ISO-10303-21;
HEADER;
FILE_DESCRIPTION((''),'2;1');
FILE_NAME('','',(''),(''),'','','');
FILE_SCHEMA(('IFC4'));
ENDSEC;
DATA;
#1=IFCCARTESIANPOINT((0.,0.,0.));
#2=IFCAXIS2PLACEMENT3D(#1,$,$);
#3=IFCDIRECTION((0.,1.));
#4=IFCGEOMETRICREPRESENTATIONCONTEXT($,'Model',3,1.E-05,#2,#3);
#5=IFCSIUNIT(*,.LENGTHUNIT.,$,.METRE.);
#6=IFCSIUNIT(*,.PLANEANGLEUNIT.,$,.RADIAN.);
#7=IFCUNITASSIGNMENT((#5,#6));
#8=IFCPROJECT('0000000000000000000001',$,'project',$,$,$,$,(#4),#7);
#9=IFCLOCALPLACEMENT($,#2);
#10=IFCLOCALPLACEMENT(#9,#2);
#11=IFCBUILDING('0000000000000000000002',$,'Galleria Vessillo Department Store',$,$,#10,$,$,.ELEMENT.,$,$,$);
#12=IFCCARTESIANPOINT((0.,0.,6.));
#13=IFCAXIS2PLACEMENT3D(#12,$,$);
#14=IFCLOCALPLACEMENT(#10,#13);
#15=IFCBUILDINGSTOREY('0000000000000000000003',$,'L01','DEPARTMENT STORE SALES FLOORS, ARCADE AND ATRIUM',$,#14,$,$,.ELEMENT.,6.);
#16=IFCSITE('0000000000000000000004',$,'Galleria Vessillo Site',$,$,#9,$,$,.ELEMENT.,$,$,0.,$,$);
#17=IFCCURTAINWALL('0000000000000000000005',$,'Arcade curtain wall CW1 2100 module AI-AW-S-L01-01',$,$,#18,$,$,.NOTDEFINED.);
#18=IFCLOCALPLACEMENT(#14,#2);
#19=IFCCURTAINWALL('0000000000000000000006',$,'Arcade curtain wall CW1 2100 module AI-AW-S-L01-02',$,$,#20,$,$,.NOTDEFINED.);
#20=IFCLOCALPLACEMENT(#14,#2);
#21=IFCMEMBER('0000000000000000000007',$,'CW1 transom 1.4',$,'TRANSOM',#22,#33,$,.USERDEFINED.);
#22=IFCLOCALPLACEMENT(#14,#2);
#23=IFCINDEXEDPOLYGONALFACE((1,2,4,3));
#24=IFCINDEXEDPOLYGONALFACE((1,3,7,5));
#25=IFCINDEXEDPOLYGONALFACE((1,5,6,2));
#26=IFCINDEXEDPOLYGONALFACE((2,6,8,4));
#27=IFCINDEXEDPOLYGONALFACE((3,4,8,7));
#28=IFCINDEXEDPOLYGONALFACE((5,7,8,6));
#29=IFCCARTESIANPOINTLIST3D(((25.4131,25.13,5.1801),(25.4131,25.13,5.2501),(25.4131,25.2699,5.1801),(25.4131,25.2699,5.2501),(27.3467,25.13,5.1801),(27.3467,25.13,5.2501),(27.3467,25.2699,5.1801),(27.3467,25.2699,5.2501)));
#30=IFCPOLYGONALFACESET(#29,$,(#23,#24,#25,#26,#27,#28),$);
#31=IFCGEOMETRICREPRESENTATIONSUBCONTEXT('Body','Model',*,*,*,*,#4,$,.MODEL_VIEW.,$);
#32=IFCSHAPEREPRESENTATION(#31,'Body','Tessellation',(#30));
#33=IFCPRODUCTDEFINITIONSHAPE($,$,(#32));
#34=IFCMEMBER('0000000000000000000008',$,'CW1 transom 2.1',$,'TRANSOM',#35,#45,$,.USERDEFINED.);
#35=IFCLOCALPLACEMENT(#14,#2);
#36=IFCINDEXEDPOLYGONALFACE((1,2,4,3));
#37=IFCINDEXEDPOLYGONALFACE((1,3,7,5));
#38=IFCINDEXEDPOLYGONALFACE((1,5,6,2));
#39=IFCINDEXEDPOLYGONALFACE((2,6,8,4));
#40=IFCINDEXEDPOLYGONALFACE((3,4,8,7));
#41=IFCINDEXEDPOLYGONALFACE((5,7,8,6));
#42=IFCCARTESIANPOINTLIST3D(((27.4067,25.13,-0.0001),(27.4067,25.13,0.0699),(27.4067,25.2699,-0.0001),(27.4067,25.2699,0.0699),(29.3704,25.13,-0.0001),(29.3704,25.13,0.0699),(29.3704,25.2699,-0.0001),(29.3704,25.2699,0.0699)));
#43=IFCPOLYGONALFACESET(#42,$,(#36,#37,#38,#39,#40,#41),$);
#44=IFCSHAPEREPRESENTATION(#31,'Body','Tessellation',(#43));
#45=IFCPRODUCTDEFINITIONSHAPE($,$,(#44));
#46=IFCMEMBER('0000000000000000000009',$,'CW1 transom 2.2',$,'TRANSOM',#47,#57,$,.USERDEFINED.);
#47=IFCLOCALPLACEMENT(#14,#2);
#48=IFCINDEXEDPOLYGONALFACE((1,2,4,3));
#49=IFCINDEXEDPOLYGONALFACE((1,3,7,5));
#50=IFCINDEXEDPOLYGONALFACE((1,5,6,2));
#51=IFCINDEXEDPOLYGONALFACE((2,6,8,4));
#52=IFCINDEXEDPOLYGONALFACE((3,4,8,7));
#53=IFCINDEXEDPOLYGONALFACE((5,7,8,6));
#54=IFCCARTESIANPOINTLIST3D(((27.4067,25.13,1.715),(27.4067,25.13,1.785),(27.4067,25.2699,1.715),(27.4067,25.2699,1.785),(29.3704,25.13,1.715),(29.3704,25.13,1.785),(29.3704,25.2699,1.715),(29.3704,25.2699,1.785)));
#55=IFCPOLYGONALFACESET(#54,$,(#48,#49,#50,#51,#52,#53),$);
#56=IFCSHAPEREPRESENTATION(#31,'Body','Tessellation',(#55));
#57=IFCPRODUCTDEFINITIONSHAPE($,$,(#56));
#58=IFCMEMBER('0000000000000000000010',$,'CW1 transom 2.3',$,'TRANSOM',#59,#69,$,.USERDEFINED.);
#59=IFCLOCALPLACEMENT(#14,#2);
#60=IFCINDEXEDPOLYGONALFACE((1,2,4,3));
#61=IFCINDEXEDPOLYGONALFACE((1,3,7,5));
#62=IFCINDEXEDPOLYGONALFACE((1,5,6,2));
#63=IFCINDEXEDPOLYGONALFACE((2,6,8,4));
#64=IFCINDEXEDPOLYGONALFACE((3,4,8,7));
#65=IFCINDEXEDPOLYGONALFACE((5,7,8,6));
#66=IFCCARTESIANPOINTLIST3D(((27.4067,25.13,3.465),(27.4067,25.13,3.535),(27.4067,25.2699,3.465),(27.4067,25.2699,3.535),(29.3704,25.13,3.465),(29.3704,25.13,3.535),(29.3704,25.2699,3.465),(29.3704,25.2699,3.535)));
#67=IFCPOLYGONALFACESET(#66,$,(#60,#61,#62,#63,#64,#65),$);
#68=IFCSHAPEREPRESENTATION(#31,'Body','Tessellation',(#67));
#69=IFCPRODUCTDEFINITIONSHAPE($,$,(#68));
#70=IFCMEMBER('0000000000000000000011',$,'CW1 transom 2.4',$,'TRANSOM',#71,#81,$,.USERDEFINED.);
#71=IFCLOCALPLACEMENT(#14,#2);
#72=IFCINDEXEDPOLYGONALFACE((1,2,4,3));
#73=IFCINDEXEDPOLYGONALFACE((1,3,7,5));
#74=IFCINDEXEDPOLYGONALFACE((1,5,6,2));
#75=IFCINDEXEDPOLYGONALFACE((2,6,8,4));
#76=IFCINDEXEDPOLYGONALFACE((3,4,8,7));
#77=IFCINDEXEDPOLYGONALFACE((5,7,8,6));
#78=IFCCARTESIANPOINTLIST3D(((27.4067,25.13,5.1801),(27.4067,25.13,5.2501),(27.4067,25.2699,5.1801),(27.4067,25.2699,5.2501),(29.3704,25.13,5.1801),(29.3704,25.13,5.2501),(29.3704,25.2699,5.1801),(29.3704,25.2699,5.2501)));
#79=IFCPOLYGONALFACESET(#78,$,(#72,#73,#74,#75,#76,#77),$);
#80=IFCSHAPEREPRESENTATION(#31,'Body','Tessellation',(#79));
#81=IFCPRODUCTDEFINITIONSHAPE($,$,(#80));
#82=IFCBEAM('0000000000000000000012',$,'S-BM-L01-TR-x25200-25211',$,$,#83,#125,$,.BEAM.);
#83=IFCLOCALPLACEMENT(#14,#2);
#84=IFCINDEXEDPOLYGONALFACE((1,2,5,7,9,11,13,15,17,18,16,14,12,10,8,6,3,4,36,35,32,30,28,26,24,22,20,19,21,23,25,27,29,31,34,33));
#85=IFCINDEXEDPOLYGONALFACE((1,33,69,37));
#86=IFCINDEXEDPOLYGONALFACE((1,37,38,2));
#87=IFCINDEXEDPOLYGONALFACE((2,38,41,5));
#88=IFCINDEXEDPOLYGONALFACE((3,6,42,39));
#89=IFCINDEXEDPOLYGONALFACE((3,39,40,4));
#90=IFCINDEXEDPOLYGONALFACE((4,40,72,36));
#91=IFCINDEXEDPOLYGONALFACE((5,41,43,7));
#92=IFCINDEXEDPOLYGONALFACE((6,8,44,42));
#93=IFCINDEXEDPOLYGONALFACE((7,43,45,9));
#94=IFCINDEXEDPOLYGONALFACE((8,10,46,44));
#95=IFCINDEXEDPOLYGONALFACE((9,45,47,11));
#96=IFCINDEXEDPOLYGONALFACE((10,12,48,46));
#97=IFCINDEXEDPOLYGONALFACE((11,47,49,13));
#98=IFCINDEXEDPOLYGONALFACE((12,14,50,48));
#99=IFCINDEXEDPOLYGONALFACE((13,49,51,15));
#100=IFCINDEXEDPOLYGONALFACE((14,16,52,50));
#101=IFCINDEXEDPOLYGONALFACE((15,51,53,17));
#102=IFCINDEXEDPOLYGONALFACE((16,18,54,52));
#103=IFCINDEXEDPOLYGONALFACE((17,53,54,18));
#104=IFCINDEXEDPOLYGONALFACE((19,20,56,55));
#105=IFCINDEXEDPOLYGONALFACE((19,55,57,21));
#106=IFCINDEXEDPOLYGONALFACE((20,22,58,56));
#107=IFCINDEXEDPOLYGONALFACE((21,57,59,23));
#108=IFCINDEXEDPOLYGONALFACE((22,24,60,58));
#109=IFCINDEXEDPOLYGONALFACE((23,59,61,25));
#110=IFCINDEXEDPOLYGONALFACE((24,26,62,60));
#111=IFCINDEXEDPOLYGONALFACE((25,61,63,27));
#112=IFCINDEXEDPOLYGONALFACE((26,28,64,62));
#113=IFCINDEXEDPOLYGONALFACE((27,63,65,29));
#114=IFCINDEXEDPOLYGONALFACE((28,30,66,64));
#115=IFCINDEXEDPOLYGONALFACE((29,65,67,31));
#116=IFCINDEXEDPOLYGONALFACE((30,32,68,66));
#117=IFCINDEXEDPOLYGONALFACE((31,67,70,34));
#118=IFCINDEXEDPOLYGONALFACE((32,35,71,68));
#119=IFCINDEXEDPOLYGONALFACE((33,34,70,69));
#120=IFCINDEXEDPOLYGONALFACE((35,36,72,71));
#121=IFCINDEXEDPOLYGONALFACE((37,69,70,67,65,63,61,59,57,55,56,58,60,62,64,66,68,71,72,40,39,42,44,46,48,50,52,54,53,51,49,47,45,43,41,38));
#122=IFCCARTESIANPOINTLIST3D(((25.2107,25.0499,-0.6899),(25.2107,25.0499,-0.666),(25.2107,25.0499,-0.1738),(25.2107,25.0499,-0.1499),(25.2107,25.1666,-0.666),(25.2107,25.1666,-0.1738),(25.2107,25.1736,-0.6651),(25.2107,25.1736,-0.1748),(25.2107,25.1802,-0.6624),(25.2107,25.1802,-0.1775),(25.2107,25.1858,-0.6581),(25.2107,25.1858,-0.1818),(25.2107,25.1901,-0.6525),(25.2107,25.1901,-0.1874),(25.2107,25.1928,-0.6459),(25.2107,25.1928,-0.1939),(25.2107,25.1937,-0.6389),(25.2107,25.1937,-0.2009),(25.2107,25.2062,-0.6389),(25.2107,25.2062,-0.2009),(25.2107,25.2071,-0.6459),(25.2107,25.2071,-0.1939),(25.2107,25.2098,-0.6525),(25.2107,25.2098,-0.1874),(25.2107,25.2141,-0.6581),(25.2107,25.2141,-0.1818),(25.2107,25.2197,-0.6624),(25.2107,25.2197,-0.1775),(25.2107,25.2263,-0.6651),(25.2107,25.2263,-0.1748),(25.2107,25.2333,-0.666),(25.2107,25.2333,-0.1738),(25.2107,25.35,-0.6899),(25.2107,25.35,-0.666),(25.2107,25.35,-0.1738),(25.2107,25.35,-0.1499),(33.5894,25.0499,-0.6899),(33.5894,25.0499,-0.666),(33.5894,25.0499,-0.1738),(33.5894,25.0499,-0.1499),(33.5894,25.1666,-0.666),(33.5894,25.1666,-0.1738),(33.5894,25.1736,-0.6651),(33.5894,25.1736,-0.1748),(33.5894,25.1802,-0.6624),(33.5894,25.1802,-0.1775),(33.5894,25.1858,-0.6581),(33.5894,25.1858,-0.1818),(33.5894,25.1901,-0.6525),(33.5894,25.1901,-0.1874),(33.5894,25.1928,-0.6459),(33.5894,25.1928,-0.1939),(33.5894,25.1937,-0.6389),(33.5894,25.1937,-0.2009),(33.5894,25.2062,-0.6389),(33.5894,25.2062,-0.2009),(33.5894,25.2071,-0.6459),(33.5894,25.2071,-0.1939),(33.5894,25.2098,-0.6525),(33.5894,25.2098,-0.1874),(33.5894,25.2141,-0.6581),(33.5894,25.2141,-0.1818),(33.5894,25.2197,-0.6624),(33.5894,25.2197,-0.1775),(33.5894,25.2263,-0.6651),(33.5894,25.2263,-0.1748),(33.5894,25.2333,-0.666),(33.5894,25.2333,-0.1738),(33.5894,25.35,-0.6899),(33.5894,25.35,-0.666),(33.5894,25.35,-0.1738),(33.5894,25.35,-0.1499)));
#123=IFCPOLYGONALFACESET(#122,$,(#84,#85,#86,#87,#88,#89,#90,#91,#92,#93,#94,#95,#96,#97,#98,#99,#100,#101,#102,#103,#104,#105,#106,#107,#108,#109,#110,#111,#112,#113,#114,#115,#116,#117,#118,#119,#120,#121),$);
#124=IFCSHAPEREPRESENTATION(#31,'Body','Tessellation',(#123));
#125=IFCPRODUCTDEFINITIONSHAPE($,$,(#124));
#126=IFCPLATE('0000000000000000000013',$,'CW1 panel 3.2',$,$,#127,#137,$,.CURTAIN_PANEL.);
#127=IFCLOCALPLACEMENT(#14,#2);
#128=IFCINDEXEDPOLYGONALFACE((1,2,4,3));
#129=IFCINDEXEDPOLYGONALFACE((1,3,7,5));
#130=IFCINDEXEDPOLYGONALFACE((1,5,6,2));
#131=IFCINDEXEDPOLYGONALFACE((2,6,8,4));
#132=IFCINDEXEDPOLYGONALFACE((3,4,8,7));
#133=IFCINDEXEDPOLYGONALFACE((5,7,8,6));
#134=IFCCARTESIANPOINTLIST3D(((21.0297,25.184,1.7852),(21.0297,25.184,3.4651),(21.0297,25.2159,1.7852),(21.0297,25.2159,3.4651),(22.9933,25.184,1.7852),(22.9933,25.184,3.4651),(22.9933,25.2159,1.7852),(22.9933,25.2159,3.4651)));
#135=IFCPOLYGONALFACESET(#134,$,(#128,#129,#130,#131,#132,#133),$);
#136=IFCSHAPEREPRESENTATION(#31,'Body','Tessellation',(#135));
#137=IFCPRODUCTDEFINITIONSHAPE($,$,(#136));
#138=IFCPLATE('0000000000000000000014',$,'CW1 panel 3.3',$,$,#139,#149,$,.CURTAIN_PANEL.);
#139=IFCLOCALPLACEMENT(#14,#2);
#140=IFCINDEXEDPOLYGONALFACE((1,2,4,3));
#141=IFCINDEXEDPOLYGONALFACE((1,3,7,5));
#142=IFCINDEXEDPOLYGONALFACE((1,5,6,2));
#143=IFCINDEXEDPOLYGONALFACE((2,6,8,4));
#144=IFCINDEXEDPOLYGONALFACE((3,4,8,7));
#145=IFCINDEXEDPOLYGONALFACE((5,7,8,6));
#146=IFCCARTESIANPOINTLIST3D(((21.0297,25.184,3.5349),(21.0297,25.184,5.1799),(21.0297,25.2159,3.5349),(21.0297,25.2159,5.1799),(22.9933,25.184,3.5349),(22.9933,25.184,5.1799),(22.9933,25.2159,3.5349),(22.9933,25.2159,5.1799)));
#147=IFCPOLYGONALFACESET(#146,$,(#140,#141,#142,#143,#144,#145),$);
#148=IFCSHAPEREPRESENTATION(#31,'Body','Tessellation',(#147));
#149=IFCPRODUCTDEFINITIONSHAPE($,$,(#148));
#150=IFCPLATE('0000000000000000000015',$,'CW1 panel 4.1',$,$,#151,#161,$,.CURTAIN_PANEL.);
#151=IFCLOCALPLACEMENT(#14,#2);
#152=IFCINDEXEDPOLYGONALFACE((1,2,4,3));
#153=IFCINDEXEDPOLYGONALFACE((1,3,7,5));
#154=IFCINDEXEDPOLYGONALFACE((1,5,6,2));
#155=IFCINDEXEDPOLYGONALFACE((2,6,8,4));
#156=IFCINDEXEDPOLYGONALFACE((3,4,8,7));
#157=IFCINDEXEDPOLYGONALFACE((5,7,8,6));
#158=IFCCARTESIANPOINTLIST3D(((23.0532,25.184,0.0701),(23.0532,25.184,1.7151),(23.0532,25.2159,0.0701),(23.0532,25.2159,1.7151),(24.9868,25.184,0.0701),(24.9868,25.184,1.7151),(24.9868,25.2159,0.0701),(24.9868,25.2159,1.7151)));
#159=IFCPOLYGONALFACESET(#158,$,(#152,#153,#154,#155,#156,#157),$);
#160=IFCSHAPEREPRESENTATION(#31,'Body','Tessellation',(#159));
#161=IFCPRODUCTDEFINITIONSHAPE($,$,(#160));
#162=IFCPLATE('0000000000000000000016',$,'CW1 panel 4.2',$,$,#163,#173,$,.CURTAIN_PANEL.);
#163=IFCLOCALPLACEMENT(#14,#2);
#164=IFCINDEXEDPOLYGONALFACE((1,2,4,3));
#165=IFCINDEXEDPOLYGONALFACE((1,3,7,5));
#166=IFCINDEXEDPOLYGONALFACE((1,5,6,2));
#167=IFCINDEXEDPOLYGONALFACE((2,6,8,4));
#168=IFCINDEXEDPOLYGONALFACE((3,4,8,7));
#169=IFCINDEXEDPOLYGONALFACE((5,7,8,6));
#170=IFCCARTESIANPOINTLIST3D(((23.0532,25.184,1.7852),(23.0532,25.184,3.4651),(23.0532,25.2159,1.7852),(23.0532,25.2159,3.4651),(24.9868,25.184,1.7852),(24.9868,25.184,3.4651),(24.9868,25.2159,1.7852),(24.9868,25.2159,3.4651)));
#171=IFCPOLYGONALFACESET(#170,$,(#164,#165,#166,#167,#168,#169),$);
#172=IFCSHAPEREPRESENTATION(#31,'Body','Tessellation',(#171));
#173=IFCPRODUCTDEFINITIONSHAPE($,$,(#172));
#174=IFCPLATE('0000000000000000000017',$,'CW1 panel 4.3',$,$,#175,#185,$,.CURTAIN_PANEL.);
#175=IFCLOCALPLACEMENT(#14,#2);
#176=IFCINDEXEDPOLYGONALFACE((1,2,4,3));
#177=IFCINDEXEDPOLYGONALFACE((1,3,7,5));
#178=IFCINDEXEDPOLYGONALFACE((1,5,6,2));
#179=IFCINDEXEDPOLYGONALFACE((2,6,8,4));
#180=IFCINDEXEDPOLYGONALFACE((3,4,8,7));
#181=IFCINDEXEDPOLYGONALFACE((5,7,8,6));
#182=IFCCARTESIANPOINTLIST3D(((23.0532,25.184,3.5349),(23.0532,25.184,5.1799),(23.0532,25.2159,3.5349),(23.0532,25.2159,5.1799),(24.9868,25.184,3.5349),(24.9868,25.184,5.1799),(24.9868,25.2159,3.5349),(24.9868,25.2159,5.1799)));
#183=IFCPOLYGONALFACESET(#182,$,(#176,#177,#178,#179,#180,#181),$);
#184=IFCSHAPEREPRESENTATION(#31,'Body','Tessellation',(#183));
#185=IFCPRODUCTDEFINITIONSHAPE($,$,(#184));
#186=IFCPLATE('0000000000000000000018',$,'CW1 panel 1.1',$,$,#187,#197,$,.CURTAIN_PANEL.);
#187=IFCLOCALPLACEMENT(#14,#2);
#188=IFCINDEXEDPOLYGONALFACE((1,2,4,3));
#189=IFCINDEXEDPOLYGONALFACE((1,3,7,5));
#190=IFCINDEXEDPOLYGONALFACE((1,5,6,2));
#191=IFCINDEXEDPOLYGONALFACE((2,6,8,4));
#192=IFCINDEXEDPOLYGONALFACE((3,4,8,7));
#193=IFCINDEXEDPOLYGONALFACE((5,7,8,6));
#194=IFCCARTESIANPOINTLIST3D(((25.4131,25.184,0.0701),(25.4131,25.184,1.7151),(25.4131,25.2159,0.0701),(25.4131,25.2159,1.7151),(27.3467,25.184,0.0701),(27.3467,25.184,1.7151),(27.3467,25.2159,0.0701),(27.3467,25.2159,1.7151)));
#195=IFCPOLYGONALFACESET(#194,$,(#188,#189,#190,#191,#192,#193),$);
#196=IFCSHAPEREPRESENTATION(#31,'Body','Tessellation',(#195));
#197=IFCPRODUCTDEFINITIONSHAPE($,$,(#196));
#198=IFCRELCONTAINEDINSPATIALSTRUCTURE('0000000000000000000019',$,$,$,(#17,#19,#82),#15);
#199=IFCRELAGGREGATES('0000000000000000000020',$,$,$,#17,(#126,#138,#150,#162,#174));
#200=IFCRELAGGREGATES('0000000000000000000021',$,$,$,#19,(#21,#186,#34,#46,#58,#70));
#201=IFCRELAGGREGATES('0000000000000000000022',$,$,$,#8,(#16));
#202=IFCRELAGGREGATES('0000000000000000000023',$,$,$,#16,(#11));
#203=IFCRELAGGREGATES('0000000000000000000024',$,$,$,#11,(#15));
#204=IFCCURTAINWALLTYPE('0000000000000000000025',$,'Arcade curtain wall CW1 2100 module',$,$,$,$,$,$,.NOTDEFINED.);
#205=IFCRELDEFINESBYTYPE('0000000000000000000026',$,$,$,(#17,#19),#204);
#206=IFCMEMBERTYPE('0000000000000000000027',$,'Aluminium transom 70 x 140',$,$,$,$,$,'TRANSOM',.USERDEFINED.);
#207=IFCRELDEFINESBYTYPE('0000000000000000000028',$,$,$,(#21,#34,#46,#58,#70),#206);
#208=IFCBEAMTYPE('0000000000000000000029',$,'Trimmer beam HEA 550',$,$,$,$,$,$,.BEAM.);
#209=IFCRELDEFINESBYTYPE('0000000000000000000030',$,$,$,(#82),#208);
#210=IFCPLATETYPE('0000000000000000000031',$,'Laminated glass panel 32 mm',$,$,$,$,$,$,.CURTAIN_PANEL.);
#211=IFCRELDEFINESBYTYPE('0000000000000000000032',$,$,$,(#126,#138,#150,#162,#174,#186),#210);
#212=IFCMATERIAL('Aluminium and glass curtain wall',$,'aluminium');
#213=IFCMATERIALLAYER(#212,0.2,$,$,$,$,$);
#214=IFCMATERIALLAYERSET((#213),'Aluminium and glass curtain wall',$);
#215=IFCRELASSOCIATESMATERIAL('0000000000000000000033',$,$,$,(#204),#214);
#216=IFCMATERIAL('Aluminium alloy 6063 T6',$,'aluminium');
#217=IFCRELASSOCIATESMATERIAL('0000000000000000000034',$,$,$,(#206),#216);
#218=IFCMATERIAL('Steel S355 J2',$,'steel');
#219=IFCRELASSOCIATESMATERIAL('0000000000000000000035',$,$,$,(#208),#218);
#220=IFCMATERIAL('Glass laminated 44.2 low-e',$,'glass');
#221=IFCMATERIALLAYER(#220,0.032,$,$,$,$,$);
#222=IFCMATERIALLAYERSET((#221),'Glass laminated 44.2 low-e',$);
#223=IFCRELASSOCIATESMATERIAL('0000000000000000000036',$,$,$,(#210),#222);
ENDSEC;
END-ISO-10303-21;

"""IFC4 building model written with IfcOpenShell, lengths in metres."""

from ifc_helpers import new_model, si_unit, direction, frame, origin, origin_2d, place, context, subcontext, project, spatial, rectangle, i_section, extrude, material, layer, layer_set, material_profile, profile_set, type_object, element, aggregate, save


model = new_model("IFC4")

# Units and contexts
model_context = context("Model", 3, precision=1e-05, world=origin(), true_north=direction((0.0, 1.0)))
body_context = subcontext(model_context, "Body", "Model", "MODEL_VIEW")
ifc_project = project(units=[si_unit("LENGTHUNIT", "METRE"), si_unit("PLANEANGLEUNIT", "RADIAN")], contexts=[model_context])

# Site, building, storey
site_placement = place(None, origin())
site = spatial("IfcSite", under=ifc_project, at=site_placement, Name="Galleria Vessillo Site", CompositionType="ELEMENT", RefElevation=0.0)
building_placement = place(site_placement, origin())
building = spatial("IfcBuilding", under=site, at=building_placement, Name="Galleria Vessillo Department Store", CompositionType="ELEMENT")
storey_placement = place(building_placement, frame((0.0, 0.0, 6.0)))
storey = spatial("IfcBuildingStorey", under=building, at=storey_placement, Name="L01", Description="DEPARTMENT STORE SALES FLOORS, ARCADE AND ATRIUM", CompositionType="ELEMENT", Elevation=6.0)

# Curtain walls
ifc_material_1 = material(Name="Aluminium and glass curtain wall", Category="aluminium")
ifc_layer_1 = layer(ifc_material_1, 0.2)
ifc_layer_set_1 = layer_set([ifc_layer_1], Name="Aluminium and glass curtain wall")
curtain_wall_type = type_object("IfcCurtainWallType", Name="Arcade curtain wall CW1 2100 module", PredefinedType="NOTDEFINED", material=ifc_layer_set_1)
curtain_wall_1_placement = place(storey_placement, origin())
curtain_wall_1 = element("IfcCurtainWall", 1, at=curtain_wall_1_placement, inside=storey, type_object=curtain_wall_type, Name="Arcade curtain wall CW1 2100 module AI-AW-S-L01-01", PredefinedType="NOTDEFINED")
curtain_wall_2_placement = place(storey_placement, origin())
curtain_wall_2 = element("IfcCurtainWall", 2, at=curtain_wall_2_placement, inside=storey, type_object=curtain_wall_type, Name="Arcade curtain wall CW1 2100 module AI-AW-S-L01-02", PredefinedType="NOTDEFINED")

# Members
ifc_material_2 = material(Name="Aluminium alloy 6063 T6", Category="aluminium")
ifc_material_profile_1 = material_profile(ifc_material_2, rectangle(XDim=0.1399, YDim=0.0701, at=origin_2d()), Name="AL 70x140")
ifc_profile_set_1 = profile_set([ifc_material_profile_1], Name="Aluminium alloy 6063 T6")
member_type_1 = type_object("IfcMemberType", Name="Aluminium transom 70 x 140", ElementType="TRANSOM", PredefinedType="USERDEFINED", material=ifc_profile_set_1)
member_1_placement = place(storey_placement, frame((25.4131, 25.2, 5.2151), z_axis=(1.0, 0.0, 0.0), x_axis=(0.0, 1.0, 0.0)))
member_1 = element("IfcMember", 3, at=member_1_placement, type_object=member_type_1, Name="CW1 transom 1.4", ObjectType="TRANSOM", PredefinedType="USERDEFINED", context=body_context, shape_type="SweptSolid", body=[
    extrude(rectangle(XDim=0.1399, YDim=0.0701, at=origin_2d()), origin(), (0.0, 0.0, 1.0), 1.9336),
])
member_2_placement = place(storey_placement, frame((27.4067, 25.2, 0.0349), z_axis=(1.0, 0.0, 0.0), x_axis=(0.0, 1.0, 0.0)))
member_2 = element("IfcMember", 4, at=member_2_placement, type_object=member_type_1, Name="CW1 transom 2.1", ObjectType="TRANSOM", PredefinedType="USERDEFINED", context=body_context, shape_type="SweptSolid", body=[
    extrude(rectangle(XDim=0.1399, YDim=0.0701, at=origin_2d()), origin(), (0.0, 0.0, 1.0), 1.9636),
])
member_3_placement = place(storey_placement, frame((27.4067, 25.2, 1.75), z_axis=(1.0, 0.0, 0.0), x_axis=(0.0, 1.0, 0.0)))
member_3 = element("IfcMember", 5, at=member_3_placement, type_object=member_type_1, Name="CW1 transom 2.2", ObjectType="TRANSOM", PredefinedType="USERDEFINED", context=body_context, shape_type="SweptSolid", body=[
    extrude(rectangle(XDim=0.1399, YDim=0.0701, at=origin_2d()), origin(), (0.0, 0.0, 1.0), 1.9636),
])
member_4_placement = place(storey_placement, frame((27.4067, 25.2, 3.5), z_axis=(1.0, 0.0, 0.0), x_axis=(0.0, 1.0, 0.0)))
member_4 = element("IfcMember", 6, at=member_4_placement, type_object=member_type_1, Name="CW1 transom 2.3", ObjectType="TRANSOM", PredefinedType="USERDEFINED", context=body_context, shape_type="SweptSolid", body=[
    extrude(rectangle(XDim=0.1399, YDim=0.0701, at=origin_2d()), origin(), (0.0, 0.0, 1.0), 1.9636),
])
member_5_placement = place(storey_placement, frame((27.4067, 25.2, 5.2151), z_axis=(1.0, 0.0, 0.0), x_axis=(0.0, 1.0, 0.0)))
member_5 = element("IfcMember", 7, at=member_5_placement, type_object=member_type_1, Name="CW1 transom 2.4", ObjectType="TRANSOM", PredefinedType="USERDEFINED", context=body_context, shape_type="SweptSolid", body=[
    extrude(rectangle(XDim=0.1399, YDim=0.0701, at=origin_2d()), origin(), (0.0, 0.0, 1.0), 1.9636),
])

# Beam
ifc_material_3 = material(Name="Steel S355 J2", Category="steel")
ifc_material_profile_2 = material_profile(ifc_material_3, i_section(OverallWidth=0.3, OverallDepth=0.54, WebThickness=0.0125, FlangeThickness=0.0239, FilletRadius=0.0271, at=origin_2d()), Name="HEA 550")
ifc_profile_set_2 = profile_set([ifc_material_profile_2], Name="Steel S355 J2")
beam_type = type_object("IfcBeamType", Name="Trimmer beam HEA 550", PredefinedType="BEAM", material=ifc_profile_set_2)
beam_placement = place(storey_placement, frame((25.2107, 25.2, -0.4199), z_axis=(1.0, 0.0, 0.0), x_axis=(0.0, 1.0, 0.0)))
element("IfcBeam", 8, at=beam_placement, inside=storey, type_object=beam_type, Name="S-BM-L01-TR-x25200-25211", PredefinedType="BEAM", context=body_context, shape_type="SweptSolid", body=[
    extrude(i_section(OverallWidth=0.3, OverallDepth=0.54, WebThickness=0.0125, FlangeThickness=0.0239, FilletRadius=0.0271, at=origin_2d()), origin(), (0.0, 0.0, 1.0), 8.3787),
])

# Plates
ifc_material_4 = material(Name="Glass laminated 44.2 low-e", Category="glass")
ifc_layer_2 = layer(ifc_material_4, 0.032)
ifc_layer_set_2 = layer_set([ifc_layer_2], Name="Glass laminated 44.2 low-e")
plate_type = type_object("IfcPlateType", Name="Laminated glass panel 32 mm", PredefinedType="CURTAIN_PANEL", material=ifc_layer_set_2)
plate_1_placement = place(storey_placement, frame((22.0115, 25.2, 1.7852), z_axis=(0.0, 0.0, 1.0), x_axis=(1.0, 0.0, 0.0)))
plate_1 = element("IfcPlate", 9, at=plate_1_placement, type_object=plate_type, Name="CW1 panel 3.2", PredefinedType="CURTAIN_PANEL", context=body_context, shape_type="SweptSolid", body=[
    extrude(rectangle(XDim=1.9636, YDim=0.032, at=origin_2d()), origin(), (0.0, 0.0, 1.0), 1.6799),
])
plate_2_placement = place(storey_placement, frame((22.0115, 25.2, 3.5349), z_axis=(0.0, 0.0, 1.0), x_axis=(1.0, 0.0, 0.0)))
plate_2 = element("IfcPlate", 10, at=plate_2_placement, type_object=plate_type, Name="CW1 panel 3.3", PredefinedType="CURTAIN_PANEL", context=body_context, shape_type="SweptSolid", body=[
    extrude(rectangle(XDim=1.9636, YDim=0.032, at=origin_2d()), origin(), (0.0, 0.0, 1.0), 1.645),
])
plate_3_placement = place(storey_placement, frame((24.02, 25.2, 0.0701), z_axis=(0.0, 0.0, 1.0), x_axis=(1.0, 0.0, 0.0)))
plate_3 = element("IfcPlate", 11, at=plate_3_placement, type_object=plate_type, Name="CW1 panel 4.1", PredefinedType="CURTAIN_PANEL", context=body_context, shape_type="SweptSolid", body=[
    extrude(rectangle(XDim=1.9336, YDim=0.032, at=origin_2d()), origin(), (0.0, 0.0, 1.0), 1.645),
])
plate_4_placement = place(storey_placement, frame((24.02, 25.2, 1.7852), z_axis=(0.0, 0.0, 1.0), x_axis=(1.0, 0.0, 0.0)))
plate_4 = element("IfcPlate", 12, at=plate_4_placement, type_object=plate_type, Name="CW1 panel 4.2", PredefinedType="CURTAIN_PANEL", context=body_context, shape_type="SweptSolid", body=[
    extrude(rectangle(XDim=1.9336, YDim=0.032, at=origin_2d()), origin(), (0.0, 0.0, 1.0), 1.6799),
])
plate_5_placement = place(storey_placement, frame((24.02, 25.2, 3.5349), z_axis=(0.0, 0.0, 1.0), x_axis=(1.0, 0.0, 0.0)))
plate_5 = element("IfcPlate", 13, at=plate_5_placement, type_object=plate_type, Name="CW1 panel 4.3", PredefinedType="CURTAIN_PANEL", context=body_context, shape_type="SweptSolid", body=[
    extrude(rectangle(XDim=1.9336, YDim=0.032, at=origin_2d()), origin(), (0.0, 0.0, 1.0), 1.645),
])
aggregate(curtain_wall_1, [plate_1, plate_2, plate_3, plate_4, plate_5])
plate_6_placement = place(storey_placement, frame((26.3799, 25.2, 0.0701), z_axis=(0.0, 0.0, 1.0), x_axis=(1.0, 0.0, 0.0)))
plate_6 = element("IfcPlate", 14, at=plate_6_placement, type_object=plate_type, Name="CW1 panel 1.1", PredefinedType="CURTAIN_PANEL", context=body_context, shape_type="SweptSolid", body=[
    extrude(rectangle(XDim=1.9336, YDim=0.032, at=origin_2d()), origin(), (0.0, 0.0, 1.0), 1.645),
])
aggregate(curtain_wall_2, [member_1, plate_6, member_2, member_3, member_4, member_5])

save(model, "model.ifc")
